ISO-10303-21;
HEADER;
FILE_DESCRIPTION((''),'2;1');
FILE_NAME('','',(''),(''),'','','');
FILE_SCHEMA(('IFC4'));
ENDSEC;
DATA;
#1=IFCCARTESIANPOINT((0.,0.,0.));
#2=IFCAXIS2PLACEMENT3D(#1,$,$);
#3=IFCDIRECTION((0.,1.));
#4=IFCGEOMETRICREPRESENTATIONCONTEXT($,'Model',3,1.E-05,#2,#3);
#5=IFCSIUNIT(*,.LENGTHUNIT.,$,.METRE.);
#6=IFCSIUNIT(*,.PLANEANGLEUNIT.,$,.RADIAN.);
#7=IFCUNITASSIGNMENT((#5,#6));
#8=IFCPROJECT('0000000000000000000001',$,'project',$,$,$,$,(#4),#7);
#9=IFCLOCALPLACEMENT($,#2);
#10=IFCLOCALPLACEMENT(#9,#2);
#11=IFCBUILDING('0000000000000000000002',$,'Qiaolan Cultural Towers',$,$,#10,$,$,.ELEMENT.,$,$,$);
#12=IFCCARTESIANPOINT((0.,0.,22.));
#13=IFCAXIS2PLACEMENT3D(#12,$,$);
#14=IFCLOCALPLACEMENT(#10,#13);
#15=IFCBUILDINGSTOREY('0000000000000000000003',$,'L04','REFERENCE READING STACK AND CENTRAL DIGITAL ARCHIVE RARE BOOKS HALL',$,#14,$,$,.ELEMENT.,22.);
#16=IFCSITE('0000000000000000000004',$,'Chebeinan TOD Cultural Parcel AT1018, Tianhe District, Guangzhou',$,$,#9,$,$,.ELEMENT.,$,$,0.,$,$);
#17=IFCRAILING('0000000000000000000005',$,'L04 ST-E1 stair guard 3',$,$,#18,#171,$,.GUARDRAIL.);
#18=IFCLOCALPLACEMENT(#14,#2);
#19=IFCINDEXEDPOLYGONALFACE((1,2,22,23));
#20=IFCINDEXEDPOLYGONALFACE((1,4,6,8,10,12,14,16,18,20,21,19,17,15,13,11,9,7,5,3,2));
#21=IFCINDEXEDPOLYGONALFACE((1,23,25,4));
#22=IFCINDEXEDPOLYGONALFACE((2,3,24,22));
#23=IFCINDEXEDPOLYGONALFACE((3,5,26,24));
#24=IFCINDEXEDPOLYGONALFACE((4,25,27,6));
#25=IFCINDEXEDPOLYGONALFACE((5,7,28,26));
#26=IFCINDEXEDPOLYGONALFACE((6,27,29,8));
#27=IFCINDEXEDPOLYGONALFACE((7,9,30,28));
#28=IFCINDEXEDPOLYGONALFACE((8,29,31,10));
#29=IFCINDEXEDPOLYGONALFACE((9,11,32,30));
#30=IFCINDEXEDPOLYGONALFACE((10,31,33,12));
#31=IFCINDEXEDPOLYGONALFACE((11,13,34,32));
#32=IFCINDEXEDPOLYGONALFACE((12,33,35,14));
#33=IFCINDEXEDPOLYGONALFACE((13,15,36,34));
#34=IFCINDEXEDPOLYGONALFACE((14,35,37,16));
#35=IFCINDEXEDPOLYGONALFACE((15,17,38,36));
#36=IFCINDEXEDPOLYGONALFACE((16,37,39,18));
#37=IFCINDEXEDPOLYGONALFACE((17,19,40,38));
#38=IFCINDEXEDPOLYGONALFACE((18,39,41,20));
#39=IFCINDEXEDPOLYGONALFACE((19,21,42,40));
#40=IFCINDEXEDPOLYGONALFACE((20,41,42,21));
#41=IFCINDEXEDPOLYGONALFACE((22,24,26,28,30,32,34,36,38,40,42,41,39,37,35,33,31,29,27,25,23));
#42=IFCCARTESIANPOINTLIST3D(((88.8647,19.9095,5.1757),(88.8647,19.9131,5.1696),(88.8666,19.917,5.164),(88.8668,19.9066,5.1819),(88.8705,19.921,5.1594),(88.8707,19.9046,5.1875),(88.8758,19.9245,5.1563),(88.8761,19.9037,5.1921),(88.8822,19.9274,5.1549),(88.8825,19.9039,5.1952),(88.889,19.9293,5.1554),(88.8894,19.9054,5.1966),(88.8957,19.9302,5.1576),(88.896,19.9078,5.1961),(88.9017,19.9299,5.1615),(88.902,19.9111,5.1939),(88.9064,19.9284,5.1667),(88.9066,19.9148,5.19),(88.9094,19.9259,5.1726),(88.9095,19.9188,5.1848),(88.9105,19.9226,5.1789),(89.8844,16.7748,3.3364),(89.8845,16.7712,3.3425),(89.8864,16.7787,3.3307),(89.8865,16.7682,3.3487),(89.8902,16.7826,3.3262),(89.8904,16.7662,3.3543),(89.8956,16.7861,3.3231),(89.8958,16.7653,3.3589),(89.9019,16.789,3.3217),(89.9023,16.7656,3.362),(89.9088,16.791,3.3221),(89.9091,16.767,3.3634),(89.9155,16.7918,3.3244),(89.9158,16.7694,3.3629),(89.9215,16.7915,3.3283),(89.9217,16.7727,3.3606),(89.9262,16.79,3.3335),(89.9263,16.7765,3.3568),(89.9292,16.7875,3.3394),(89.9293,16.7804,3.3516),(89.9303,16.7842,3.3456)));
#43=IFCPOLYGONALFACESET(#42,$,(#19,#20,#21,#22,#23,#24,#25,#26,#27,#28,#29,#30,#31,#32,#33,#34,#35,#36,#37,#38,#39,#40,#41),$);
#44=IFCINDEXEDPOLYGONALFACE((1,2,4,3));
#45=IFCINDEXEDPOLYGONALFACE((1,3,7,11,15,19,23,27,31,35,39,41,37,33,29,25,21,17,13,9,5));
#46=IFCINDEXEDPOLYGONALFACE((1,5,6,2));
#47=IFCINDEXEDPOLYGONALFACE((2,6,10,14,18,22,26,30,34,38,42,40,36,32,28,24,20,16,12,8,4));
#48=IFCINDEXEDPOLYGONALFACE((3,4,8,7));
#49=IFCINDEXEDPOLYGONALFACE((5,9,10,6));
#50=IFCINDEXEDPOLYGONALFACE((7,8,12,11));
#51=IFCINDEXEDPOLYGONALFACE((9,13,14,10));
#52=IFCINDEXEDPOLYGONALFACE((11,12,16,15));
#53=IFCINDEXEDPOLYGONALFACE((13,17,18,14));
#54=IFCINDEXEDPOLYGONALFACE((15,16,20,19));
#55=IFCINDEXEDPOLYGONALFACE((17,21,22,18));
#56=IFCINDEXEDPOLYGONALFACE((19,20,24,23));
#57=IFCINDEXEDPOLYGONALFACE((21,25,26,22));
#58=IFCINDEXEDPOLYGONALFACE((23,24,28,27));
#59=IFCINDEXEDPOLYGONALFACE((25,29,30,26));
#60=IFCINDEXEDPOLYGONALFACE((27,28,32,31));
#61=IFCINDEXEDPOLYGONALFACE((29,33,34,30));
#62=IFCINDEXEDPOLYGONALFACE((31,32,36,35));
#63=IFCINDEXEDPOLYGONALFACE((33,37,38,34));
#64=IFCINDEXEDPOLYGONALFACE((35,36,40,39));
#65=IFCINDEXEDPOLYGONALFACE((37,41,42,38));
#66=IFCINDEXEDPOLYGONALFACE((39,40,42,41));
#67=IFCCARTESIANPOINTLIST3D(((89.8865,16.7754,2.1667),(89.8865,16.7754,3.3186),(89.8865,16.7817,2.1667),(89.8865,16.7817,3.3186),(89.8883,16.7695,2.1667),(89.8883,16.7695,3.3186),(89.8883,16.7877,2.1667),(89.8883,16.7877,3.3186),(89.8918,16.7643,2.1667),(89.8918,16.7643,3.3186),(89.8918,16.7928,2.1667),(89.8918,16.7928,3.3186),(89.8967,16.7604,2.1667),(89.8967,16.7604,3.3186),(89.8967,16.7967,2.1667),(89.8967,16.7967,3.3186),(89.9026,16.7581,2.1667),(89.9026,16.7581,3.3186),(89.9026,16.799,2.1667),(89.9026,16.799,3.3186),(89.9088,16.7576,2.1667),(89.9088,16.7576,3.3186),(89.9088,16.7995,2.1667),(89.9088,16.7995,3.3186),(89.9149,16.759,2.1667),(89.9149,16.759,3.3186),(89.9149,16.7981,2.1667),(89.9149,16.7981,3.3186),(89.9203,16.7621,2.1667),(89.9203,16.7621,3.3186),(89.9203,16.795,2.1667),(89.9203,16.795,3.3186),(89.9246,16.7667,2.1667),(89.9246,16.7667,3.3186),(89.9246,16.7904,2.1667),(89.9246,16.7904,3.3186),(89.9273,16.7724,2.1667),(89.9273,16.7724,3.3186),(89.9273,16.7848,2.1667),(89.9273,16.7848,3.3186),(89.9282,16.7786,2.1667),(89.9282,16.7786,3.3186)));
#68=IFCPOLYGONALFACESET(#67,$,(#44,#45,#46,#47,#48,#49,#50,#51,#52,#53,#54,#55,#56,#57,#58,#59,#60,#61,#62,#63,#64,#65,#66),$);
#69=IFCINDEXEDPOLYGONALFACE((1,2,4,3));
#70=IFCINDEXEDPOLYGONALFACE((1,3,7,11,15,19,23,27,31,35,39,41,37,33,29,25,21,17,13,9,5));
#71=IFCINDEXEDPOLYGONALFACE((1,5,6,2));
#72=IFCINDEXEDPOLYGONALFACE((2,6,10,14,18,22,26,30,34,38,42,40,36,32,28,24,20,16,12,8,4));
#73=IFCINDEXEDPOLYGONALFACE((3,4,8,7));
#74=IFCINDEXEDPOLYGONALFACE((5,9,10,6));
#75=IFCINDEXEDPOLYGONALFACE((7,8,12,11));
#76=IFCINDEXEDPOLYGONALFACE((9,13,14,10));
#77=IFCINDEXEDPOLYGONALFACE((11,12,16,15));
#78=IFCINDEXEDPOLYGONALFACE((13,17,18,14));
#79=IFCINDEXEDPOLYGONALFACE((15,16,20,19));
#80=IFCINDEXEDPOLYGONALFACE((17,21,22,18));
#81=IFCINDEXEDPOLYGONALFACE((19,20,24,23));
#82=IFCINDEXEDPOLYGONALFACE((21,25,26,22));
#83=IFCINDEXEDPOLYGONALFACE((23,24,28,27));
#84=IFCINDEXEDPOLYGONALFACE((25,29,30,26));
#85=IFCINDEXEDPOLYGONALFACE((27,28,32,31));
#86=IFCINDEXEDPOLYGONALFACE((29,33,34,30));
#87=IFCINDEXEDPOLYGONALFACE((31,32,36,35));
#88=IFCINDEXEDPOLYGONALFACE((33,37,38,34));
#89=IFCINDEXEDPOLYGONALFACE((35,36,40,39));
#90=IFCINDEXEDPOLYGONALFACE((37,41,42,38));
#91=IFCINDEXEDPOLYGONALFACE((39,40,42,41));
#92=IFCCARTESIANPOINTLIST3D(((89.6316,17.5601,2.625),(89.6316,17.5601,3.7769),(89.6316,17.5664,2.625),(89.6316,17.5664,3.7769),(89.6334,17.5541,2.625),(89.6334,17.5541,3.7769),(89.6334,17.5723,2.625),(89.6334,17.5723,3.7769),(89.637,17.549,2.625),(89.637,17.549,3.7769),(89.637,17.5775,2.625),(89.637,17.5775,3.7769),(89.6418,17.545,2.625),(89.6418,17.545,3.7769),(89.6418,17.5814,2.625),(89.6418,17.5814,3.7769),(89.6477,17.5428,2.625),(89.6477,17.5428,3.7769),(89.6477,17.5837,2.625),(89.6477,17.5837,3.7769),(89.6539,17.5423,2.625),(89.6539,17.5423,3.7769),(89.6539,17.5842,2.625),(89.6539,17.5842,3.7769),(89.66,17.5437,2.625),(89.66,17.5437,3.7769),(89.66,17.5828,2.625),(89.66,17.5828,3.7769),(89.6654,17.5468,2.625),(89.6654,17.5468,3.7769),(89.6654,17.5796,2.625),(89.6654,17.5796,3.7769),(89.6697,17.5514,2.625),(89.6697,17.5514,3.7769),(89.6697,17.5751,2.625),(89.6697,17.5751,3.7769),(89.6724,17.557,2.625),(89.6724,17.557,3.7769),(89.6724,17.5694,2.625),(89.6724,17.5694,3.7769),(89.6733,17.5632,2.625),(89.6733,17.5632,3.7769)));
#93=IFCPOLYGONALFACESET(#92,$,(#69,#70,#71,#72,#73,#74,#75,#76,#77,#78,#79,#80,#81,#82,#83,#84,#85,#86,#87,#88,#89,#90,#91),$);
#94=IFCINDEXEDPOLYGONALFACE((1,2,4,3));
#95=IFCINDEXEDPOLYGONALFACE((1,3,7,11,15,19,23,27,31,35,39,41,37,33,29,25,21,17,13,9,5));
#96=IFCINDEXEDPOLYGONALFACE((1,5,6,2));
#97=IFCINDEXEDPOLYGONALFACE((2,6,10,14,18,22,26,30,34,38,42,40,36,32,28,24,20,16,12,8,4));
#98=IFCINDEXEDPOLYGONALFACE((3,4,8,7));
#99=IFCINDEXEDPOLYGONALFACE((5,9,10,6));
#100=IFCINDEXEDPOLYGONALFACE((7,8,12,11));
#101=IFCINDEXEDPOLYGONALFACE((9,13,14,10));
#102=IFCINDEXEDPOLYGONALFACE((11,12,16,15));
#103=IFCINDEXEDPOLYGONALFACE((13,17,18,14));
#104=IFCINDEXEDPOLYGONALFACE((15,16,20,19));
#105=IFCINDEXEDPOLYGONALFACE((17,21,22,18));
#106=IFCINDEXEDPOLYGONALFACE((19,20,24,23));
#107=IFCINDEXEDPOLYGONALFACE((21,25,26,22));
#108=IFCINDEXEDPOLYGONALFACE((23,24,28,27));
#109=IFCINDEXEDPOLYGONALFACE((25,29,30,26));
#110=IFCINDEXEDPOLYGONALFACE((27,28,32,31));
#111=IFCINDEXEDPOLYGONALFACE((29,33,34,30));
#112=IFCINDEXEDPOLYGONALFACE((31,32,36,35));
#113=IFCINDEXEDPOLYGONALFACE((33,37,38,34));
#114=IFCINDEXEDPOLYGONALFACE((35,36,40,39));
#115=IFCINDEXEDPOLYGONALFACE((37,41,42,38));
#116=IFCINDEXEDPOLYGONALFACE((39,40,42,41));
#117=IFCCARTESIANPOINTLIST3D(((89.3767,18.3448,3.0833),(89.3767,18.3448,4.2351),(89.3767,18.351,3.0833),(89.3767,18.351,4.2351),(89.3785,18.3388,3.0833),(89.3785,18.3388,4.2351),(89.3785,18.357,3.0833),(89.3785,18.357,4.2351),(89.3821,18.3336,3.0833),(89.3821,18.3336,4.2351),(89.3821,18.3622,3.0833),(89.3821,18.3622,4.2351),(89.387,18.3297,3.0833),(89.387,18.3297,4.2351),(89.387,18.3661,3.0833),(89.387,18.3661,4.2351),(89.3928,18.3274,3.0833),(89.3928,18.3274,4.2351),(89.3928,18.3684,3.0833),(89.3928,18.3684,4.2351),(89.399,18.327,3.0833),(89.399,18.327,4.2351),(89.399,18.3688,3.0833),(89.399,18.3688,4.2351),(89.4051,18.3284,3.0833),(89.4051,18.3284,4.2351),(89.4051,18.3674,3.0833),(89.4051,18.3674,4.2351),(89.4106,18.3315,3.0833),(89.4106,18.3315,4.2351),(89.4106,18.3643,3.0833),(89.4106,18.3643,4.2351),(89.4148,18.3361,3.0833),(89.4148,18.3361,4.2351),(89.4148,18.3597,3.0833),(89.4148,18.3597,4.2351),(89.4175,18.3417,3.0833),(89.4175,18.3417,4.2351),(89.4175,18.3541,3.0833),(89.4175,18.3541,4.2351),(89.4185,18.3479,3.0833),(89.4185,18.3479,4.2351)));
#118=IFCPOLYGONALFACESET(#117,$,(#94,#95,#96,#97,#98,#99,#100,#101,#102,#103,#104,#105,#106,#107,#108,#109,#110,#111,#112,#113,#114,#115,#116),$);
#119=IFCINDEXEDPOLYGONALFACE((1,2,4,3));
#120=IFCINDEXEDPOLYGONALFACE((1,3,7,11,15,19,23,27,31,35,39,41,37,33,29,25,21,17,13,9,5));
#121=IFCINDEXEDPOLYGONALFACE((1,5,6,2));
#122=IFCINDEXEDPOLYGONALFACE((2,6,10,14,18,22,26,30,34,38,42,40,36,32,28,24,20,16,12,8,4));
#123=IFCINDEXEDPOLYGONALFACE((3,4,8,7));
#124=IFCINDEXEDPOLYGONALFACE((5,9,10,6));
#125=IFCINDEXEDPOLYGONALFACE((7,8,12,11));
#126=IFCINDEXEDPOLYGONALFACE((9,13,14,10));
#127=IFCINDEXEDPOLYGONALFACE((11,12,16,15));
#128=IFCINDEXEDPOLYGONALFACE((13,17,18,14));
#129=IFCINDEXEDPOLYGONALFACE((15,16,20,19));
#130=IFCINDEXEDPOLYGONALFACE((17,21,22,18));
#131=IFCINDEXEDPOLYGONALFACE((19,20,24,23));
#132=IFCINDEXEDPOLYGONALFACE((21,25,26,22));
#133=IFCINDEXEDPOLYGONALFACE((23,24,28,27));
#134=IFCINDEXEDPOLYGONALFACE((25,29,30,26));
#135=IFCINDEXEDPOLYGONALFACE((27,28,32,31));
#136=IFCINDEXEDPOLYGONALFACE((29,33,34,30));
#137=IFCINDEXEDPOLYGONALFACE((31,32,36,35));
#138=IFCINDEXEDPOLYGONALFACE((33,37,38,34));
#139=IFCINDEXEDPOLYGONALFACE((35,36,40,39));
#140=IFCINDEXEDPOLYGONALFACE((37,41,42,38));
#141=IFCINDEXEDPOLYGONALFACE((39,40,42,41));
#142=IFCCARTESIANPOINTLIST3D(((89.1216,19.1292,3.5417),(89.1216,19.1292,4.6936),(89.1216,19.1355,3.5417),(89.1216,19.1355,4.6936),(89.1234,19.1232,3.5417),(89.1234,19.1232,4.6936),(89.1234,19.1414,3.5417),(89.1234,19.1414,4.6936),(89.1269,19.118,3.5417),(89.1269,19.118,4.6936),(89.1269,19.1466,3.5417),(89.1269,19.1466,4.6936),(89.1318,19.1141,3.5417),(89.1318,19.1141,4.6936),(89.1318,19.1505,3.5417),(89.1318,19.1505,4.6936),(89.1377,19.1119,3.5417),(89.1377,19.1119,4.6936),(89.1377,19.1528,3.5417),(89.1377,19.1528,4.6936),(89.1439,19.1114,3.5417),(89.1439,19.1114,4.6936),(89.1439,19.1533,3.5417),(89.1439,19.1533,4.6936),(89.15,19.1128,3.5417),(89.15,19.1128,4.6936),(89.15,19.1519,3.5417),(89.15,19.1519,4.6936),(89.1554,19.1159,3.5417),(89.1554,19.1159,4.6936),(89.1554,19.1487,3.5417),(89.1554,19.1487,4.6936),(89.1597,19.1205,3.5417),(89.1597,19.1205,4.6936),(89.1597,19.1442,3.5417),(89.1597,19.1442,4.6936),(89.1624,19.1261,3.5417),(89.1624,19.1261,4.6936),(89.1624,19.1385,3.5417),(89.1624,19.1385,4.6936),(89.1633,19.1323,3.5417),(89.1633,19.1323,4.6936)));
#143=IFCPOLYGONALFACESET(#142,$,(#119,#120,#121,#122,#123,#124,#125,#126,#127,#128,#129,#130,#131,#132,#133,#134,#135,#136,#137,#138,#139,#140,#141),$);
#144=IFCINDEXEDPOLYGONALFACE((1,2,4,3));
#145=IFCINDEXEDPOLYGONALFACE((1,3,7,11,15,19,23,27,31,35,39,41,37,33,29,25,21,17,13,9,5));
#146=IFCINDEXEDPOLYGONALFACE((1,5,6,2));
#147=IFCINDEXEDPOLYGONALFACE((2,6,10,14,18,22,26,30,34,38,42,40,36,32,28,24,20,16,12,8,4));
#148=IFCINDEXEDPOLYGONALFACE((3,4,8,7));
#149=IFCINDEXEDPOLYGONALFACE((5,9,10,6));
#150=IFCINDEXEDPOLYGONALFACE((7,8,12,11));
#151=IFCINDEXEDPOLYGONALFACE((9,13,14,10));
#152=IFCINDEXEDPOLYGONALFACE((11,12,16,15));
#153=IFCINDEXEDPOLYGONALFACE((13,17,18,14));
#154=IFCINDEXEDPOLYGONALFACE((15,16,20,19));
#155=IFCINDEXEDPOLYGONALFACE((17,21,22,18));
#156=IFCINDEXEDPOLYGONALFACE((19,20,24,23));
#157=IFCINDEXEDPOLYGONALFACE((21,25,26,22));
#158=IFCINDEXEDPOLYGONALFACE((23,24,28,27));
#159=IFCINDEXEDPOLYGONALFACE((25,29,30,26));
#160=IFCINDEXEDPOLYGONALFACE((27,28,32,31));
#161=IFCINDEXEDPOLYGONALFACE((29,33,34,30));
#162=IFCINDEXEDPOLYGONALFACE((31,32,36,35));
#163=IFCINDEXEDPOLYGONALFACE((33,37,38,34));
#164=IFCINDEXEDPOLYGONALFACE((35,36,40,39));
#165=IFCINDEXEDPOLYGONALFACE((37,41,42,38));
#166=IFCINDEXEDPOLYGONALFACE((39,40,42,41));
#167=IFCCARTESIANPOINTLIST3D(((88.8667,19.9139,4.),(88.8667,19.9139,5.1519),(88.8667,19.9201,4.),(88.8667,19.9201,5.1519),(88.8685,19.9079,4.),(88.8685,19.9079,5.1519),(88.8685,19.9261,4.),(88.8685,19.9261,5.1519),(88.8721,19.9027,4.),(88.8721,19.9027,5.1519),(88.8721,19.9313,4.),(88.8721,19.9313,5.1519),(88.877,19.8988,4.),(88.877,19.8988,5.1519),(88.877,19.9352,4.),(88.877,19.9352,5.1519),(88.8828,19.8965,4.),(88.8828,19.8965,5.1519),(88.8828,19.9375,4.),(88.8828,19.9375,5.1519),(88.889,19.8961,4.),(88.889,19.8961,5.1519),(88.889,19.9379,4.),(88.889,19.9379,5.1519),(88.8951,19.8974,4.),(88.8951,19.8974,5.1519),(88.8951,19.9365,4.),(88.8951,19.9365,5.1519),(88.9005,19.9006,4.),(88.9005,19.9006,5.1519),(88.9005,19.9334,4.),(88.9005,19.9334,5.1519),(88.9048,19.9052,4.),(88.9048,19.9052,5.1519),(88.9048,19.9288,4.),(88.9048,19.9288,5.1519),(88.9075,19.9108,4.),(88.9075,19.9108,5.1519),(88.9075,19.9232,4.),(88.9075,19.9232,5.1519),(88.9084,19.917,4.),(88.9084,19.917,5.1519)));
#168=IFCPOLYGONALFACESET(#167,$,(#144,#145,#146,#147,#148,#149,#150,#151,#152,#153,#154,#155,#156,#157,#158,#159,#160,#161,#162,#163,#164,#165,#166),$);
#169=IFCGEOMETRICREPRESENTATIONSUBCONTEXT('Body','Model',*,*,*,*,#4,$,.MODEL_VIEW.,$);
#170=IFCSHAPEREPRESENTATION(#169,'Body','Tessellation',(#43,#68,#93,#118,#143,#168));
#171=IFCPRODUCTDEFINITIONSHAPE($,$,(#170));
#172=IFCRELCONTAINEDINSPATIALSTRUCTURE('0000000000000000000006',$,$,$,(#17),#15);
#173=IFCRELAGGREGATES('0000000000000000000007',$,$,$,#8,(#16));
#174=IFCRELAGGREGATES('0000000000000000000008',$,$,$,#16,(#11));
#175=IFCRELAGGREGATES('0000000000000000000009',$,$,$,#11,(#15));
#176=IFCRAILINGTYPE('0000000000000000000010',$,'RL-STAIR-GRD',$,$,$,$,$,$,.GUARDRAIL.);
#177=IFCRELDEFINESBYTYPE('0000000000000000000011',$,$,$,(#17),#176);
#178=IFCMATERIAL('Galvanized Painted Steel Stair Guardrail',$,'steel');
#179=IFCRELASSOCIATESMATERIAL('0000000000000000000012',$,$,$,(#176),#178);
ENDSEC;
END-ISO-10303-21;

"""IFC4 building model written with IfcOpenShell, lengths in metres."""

from ifc_helpers import new_model, si_unit, direction, frame, origin, origin_2d, place, context, subcontext, project, spatial, circle, extrude, material, type_object, element, save


model = new_model("IFC4")

# Units and contexts
model_context = context("Model", 3, precision=1e-05, world=origin(), true_north=direction((0.0, 1.0)))
body_context = subcontext(model_context, "Body", "Model", "MODEL_VIEW")
ifc_project = project(units=[si_unit("LENGTHUNIT", "METRE"), si_unit("PLANEANGLEUNIT", "RADIAN")], contexts=[model_context])

# Site, building, storey
site_placement = place(None, origin())
site = spatial("IfcSite", under=ifc_project, at=site_placement, Name="Chebeinan TOD Cultural Parcel AT1018, Tianhe District, Guangzhou", CompositionType="ELEMENT", RefElevation=0.0)
building_placement = place(site_placement, origin())
building = spatial("IfcBuilding", under=site, at=building_placement, Name="Qiaolan Cultural Towers", CompositionType="ELEMENT")
storey_placement = place(building_placement, frame((0.0, 0.0, 22.0)))
storey = spatial("IfcBuildingStorey", under=building, at=storey_placement, Name="L04", Description="REFERENCE READING STACK AND CENTRAL DIGITAL ARCHIVE RARE BOOKS HALL", CompositionType="ELEMENT", Elevation=22.0)

# Railing
ifc_material_1 = material(Name="Galvanized Painted Steel Stair Guardrail", Category="steel")
railing_type_1 = type_object("IfcRailingType", Name="RL-STAIR-GRD", PredefinedType="GUARDRAIL", material=ifc_material_1)
railing_1_placement = place(storey_placement, frame((89.9072, 16.7786, 2.1667)))
element("IfcRailing", 1, at=railing_1_placement, inside=storey, type_object=railing_type_1, Name="L04 ST-E1 stair guard 3", PredefinedType="GUARDRAIL", context=body_context, shape_type="SweptSolid", body=[
    extrude(circle(Radius=0.0239, at=origin_2d()), frame((0.0, 0.0, 1.1758), z_axis=(-0.270141, 0.831376, 0.485632), x_axis=(-0.951053, -0.309028, 0.0)), (0.0, 0.0, 1.0), 3.7749),
    extrude(circle(Radius=0.021, at=origin_2d()), origin(), (0.0, 0.0, 1.0), 1.1519),
    extrude(circle(Radius=0.021, at=origin_2d()), frame((-0.2549, 0.7847, 0.4583)), (0.0, 0.0, 1.0), 1.1519),
    extrude(circle(Radius=0.021, at=origin_2d()), frame((-0.5098, 1.5693, 0.9165)), (0.0, 0.0, 1.0), 1.1519),
    extrude(circle(Radius=0.021, at=origin_2d()), frame((-0.7649, 2.3538, 1.375)), (0.0, 0.0, 1.0), 1.1519),
    extrude(circle(Radius=0.021, at=origin_2d()), frame((-1.0198, 3.1384, 1.8333)), (0.0, 0.0, 1.0), 1.1519),
])

save(model, "model.ifc")
